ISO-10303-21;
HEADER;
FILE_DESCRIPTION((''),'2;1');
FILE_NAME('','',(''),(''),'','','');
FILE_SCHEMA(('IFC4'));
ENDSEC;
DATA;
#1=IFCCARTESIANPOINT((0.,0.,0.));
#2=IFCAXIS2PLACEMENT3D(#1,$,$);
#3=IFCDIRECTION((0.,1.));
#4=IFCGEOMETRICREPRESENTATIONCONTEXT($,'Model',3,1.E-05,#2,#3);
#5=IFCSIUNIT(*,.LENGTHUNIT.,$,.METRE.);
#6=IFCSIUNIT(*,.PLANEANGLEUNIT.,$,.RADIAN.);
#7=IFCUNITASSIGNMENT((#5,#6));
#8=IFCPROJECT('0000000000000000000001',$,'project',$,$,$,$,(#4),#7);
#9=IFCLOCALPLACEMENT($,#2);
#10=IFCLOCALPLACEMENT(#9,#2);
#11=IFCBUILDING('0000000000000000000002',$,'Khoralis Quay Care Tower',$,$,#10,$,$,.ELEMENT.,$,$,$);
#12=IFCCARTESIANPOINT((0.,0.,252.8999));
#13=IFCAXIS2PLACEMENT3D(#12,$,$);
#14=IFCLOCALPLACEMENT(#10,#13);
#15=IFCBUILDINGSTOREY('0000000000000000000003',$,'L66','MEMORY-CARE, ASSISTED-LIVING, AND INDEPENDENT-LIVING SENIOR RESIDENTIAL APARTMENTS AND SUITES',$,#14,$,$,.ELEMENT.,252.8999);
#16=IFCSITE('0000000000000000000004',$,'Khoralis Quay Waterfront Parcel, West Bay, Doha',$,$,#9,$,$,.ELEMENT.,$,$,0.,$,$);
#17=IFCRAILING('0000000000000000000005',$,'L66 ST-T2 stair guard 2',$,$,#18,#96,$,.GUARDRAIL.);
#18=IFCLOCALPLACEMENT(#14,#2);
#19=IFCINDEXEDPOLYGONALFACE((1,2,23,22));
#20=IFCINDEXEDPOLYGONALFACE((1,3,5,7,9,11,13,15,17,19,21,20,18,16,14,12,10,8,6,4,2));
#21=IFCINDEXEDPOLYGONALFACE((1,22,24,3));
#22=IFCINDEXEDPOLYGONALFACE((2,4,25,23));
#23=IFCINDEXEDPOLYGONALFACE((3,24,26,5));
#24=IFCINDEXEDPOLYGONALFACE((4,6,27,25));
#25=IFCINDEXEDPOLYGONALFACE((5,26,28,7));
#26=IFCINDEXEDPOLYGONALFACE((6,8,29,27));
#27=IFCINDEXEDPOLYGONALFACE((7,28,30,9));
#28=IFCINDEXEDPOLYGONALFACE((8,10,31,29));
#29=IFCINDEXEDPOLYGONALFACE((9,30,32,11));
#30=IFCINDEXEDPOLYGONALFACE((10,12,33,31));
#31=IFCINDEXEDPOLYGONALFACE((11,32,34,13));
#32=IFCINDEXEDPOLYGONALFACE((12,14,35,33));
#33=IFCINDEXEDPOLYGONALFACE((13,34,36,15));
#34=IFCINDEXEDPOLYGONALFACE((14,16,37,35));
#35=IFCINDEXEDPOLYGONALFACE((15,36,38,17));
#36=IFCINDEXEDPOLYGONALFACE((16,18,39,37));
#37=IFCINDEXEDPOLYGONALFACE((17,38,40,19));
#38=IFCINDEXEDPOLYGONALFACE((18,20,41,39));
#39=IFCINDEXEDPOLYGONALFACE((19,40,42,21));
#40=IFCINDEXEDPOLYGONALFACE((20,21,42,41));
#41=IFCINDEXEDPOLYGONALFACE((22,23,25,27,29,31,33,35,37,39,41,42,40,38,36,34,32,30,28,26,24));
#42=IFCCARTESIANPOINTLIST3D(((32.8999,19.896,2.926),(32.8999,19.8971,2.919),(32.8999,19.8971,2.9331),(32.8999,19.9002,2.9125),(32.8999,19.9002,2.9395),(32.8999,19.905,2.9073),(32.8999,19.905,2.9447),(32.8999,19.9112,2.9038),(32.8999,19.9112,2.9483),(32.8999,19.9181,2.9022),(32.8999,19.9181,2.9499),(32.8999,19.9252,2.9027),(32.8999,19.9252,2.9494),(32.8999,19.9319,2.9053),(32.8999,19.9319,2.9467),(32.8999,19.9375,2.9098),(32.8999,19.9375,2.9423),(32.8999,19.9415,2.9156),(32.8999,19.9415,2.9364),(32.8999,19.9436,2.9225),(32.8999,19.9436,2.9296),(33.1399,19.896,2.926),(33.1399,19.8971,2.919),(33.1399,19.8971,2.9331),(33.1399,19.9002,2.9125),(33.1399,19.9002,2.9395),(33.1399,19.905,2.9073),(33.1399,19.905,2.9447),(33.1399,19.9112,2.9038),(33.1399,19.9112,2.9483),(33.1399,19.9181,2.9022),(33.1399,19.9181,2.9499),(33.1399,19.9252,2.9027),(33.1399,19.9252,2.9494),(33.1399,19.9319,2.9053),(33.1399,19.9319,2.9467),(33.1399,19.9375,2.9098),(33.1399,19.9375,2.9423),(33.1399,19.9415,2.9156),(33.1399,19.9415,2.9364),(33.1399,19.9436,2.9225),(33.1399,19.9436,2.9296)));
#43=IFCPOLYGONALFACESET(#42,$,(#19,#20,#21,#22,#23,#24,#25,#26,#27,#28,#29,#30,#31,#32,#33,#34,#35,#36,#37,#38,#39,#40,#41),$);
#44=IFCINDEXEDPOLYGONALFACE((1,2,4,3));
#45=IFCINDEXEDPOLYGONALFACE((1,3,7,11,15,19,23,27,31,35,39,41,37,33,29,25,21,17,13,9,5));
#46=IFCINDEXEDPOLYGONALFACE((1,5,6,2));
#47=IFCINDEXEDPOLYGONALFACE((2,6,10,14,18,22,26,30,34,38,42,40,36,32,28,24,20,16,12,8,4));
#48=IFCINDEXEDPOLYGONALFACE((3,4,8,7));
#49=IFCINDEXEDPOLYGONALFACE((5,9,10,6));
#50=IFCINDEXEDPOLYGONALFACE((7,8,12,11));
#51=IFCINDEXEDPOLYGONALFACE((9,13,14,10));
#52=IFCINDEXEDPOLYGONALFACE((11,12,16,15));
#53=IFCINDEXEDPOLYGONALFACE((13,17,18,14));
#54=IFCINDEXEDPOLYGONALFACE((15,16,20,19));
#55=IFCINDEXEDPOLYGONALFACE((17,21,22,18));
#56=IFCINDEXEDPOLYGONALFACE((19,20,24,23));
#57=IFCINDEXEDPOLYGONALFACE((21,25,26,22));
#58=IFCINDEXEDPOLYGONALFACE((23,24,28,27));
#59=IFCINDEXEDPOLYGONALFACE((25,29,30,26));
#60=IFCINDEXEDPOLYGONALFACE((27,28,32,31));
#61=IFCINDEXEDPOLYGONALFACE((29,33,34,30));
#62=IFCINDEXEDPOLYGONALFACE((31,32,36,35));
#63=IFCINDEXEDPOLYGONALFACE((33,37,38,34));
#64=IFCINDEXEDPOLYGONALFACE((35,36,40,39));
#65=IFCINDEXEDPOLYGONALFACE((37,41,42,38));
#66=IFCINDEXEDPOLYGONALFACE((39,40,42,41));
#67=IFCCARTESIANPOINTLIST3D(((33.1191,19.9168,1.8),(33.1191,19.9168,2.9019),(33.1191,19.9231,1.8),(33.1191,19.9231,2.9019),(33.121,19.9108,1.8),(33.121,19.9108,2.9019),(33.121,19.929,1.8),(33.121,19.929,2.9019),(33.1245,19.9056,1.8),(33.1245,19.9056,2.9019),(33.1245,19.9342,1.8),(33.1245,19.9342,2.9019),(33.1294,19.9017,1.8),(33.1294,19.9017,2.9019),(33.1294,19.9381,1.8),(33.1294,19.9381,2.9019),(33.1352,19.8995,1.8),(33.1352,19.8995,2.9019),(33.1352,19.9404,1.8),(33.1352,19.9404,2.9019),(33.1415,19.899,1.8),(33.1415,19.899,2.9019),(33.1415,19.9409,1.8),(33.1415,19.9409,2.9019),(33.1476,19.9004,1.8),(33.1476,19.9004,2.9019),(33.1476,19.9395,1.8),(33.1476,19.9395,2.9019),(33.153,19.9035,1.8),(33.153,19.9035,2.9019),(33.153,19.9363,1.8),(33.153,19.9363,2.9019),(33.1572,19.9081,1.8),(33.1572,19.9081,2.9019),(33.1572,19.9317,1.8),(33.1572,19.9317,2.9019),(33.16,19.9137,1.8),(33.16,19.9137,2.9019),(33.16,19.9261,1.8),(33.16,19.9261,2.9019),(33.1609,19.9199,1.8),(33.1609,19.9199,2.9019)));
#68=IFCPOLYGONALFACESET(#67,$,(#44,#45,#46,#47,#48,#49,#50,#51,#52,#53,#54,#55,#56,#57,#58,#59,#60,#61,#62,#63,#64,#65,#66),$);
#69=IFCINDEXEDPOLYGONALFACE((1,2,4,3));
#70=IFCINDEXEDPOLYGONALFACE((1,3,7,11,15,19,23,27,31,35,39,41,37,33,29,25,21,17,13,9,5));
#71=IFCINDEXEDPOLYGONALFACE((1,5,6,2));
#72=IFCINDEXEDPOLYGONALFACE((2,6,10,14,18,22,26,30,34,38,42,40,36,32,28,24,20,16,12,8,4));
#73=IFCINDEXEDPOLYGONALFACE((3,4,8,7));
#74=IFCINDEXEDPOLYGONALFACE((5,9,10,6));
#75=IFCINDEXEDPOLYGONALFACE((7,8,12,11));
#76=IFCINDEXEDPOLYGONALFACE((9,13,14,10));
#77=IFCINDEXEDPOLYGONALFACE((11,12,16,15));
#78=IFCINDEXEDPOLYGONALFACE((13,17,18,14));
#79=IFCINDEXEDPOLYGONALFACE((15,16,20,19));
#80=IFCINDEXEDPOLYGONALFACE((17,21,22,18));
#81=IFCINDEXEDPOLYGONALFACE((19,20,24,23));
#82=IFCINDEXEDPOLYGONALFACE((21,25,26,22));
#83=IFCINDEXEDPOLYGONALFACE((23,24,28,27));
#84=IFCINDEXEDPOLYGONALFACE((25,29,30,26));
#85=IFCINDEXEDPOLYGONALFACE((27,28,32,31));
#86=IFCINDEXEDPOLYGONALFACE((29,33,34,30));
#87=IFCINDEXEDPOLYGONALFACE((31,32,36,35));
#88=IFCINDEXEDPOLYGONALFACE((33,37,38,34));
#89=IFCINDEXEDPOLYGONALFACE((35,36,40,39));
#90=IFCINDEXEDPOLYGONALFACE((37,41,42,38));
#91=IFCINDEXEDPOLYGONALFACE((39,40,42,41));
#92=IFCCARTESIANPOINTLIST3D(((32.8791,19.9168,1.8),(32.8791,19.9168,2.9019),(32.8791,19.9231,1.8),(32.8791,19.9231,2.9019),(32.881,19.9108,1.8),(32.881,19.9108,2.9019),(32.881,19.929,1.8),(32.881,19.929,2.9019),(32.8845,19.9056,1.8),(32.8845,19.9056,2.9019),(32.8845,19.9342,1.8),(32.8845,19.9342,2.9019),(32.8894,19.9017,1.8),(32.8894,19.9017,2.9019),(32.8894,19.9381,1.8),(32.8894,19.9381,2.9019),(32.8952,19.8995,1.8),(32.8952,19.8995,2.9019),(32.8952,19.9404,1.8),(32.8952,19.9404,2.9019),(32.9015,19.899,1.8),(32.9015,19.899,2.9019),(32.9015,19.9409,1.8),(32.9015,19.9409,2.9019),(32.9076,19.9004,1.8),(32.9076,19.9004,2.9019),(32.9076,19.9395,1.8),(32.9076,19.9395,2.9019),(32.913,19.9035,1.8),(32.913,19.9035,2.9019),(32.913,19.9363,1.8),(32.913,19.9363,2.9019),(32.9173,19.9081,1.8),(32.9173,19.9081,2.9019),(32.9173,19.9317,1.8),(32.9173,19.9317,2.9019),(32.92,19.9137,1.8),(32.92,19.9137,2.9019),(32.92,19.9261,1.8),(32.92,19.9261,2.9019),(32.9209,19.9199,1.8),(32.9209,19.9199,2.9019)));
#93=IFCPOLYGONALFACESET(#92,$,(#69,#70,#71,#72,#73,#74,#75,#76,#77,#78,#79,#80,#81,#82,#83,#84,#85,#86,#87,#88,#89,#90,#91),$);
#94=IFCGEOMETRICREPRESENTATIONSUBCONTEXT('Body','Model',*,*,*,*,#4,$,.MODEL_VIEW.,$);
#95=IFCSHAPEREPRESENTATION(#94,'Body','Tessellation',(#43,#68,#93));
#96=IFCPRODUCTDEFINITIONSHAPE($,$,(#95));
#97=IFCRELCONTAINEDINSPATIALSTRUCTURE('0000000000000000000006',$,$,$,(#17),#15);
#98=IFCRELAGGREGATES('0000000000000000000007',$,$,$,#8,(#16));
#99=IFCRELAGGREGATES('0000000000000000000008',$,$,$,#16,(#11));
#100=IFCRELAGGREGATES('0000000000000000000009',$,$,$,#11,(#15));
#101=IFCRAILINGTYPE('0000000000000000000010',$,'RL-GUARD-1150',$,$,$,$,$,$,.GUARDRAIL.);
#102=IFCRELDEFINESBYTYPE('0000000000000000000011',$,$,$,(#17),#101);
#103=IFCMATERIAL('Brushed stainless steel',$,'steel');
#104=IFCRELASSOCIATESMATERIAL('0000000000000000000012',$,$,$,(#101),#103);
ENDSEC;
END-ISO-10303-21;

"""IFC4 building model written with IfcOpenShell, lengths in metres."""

from ifc_helpers import new_model, si_unit, direction, frame, origin, origin_2d, place, context, subcontext, project, spatial, circle, extrude, material, type_object, element, save


model = new_model("IFC4")

# Units and contexts
model_context = context("Model", 3, precision=1e-05, world=origin(), true_north=direction((0.0, 1.0)))
body_context = subcontext(model_context, "Body", "Model", "MODEL_VIEW")
ifc_project = project(units=[si_unit("LENGTHUNIT", "METRE"), si_unit("PLANEANGLEUNIT", "RADIAN")], contexts=[model_context])

# Site, building, storey
site_placement = place(None, origin())
site = spatial("IfcSite", under=ifc_project, at=site_placement, Name="Khoralis Quay Waterfront Parcel, West Bay, Doha", CompositionType="ELEMENT", RefElevation=0.0)
building_placement = place(site_placement, origin())
building = spatial("IfcBuilding", under=site, at=building_placement, Name="Khoralis Quay Care Tower", CompositionType="ELEMENT")
storey_placement = place(building_placement, frame((0.0, 0.0, 252.8999)))
storey = spatial("IfcBuildingStorey", under=building, at=storey_placement, Name="L66", Description="MEMORY-CARE, ASSISTED-LIVING, AND INDEPENDENT-LIVING SENIOR RESIDENTIAL APARTMENTS AND SUITES", CompositionType="ELEMENT", Elevation=252.8999)

# Shared definitions
ifc_material_1 = material(Name="Brushed stainless steel", Category="steel")

# Railing
railing_type_1 = type_object("IfcRailingType", Name="RL-GUARD-1150", PredefinedType="GUARDRAIL", material=ifc_material_1)
railing_1_placement = place(storey_placement, frame((33.1399, 19.9199, 1.8)))
element("IfcRailing", 1, at=railing_1_placement, inside=storey, type_object=railing_type_1, Name="L66 ST-T2 stair guard 2", PredefinedType="GUARDRAIL", context=body_context, shape_type="SweptSolid", body=[
    extrude(circle(Radius=0.0239, at=origin_2d()), frame((0.0, 0.0, 1.126), z_axis=(-1.0, 0.0, 0.0), x_axis=(0.0, -1.0, 0.0)), (0.0, 0.0, 1.0), 0.24),
    extrude(circle(Radius=0.021, at=origin_2d()), origin(), (0.0, 0.0, 1.0), 1.1018),
    extrude(circle(Radius=0.021, at=origin_2d()), frame((-0.24, 0.0, 0.0)), (0.0, 0.0, 1.0), 1.1018),
])

save(model, "model.ifc")
